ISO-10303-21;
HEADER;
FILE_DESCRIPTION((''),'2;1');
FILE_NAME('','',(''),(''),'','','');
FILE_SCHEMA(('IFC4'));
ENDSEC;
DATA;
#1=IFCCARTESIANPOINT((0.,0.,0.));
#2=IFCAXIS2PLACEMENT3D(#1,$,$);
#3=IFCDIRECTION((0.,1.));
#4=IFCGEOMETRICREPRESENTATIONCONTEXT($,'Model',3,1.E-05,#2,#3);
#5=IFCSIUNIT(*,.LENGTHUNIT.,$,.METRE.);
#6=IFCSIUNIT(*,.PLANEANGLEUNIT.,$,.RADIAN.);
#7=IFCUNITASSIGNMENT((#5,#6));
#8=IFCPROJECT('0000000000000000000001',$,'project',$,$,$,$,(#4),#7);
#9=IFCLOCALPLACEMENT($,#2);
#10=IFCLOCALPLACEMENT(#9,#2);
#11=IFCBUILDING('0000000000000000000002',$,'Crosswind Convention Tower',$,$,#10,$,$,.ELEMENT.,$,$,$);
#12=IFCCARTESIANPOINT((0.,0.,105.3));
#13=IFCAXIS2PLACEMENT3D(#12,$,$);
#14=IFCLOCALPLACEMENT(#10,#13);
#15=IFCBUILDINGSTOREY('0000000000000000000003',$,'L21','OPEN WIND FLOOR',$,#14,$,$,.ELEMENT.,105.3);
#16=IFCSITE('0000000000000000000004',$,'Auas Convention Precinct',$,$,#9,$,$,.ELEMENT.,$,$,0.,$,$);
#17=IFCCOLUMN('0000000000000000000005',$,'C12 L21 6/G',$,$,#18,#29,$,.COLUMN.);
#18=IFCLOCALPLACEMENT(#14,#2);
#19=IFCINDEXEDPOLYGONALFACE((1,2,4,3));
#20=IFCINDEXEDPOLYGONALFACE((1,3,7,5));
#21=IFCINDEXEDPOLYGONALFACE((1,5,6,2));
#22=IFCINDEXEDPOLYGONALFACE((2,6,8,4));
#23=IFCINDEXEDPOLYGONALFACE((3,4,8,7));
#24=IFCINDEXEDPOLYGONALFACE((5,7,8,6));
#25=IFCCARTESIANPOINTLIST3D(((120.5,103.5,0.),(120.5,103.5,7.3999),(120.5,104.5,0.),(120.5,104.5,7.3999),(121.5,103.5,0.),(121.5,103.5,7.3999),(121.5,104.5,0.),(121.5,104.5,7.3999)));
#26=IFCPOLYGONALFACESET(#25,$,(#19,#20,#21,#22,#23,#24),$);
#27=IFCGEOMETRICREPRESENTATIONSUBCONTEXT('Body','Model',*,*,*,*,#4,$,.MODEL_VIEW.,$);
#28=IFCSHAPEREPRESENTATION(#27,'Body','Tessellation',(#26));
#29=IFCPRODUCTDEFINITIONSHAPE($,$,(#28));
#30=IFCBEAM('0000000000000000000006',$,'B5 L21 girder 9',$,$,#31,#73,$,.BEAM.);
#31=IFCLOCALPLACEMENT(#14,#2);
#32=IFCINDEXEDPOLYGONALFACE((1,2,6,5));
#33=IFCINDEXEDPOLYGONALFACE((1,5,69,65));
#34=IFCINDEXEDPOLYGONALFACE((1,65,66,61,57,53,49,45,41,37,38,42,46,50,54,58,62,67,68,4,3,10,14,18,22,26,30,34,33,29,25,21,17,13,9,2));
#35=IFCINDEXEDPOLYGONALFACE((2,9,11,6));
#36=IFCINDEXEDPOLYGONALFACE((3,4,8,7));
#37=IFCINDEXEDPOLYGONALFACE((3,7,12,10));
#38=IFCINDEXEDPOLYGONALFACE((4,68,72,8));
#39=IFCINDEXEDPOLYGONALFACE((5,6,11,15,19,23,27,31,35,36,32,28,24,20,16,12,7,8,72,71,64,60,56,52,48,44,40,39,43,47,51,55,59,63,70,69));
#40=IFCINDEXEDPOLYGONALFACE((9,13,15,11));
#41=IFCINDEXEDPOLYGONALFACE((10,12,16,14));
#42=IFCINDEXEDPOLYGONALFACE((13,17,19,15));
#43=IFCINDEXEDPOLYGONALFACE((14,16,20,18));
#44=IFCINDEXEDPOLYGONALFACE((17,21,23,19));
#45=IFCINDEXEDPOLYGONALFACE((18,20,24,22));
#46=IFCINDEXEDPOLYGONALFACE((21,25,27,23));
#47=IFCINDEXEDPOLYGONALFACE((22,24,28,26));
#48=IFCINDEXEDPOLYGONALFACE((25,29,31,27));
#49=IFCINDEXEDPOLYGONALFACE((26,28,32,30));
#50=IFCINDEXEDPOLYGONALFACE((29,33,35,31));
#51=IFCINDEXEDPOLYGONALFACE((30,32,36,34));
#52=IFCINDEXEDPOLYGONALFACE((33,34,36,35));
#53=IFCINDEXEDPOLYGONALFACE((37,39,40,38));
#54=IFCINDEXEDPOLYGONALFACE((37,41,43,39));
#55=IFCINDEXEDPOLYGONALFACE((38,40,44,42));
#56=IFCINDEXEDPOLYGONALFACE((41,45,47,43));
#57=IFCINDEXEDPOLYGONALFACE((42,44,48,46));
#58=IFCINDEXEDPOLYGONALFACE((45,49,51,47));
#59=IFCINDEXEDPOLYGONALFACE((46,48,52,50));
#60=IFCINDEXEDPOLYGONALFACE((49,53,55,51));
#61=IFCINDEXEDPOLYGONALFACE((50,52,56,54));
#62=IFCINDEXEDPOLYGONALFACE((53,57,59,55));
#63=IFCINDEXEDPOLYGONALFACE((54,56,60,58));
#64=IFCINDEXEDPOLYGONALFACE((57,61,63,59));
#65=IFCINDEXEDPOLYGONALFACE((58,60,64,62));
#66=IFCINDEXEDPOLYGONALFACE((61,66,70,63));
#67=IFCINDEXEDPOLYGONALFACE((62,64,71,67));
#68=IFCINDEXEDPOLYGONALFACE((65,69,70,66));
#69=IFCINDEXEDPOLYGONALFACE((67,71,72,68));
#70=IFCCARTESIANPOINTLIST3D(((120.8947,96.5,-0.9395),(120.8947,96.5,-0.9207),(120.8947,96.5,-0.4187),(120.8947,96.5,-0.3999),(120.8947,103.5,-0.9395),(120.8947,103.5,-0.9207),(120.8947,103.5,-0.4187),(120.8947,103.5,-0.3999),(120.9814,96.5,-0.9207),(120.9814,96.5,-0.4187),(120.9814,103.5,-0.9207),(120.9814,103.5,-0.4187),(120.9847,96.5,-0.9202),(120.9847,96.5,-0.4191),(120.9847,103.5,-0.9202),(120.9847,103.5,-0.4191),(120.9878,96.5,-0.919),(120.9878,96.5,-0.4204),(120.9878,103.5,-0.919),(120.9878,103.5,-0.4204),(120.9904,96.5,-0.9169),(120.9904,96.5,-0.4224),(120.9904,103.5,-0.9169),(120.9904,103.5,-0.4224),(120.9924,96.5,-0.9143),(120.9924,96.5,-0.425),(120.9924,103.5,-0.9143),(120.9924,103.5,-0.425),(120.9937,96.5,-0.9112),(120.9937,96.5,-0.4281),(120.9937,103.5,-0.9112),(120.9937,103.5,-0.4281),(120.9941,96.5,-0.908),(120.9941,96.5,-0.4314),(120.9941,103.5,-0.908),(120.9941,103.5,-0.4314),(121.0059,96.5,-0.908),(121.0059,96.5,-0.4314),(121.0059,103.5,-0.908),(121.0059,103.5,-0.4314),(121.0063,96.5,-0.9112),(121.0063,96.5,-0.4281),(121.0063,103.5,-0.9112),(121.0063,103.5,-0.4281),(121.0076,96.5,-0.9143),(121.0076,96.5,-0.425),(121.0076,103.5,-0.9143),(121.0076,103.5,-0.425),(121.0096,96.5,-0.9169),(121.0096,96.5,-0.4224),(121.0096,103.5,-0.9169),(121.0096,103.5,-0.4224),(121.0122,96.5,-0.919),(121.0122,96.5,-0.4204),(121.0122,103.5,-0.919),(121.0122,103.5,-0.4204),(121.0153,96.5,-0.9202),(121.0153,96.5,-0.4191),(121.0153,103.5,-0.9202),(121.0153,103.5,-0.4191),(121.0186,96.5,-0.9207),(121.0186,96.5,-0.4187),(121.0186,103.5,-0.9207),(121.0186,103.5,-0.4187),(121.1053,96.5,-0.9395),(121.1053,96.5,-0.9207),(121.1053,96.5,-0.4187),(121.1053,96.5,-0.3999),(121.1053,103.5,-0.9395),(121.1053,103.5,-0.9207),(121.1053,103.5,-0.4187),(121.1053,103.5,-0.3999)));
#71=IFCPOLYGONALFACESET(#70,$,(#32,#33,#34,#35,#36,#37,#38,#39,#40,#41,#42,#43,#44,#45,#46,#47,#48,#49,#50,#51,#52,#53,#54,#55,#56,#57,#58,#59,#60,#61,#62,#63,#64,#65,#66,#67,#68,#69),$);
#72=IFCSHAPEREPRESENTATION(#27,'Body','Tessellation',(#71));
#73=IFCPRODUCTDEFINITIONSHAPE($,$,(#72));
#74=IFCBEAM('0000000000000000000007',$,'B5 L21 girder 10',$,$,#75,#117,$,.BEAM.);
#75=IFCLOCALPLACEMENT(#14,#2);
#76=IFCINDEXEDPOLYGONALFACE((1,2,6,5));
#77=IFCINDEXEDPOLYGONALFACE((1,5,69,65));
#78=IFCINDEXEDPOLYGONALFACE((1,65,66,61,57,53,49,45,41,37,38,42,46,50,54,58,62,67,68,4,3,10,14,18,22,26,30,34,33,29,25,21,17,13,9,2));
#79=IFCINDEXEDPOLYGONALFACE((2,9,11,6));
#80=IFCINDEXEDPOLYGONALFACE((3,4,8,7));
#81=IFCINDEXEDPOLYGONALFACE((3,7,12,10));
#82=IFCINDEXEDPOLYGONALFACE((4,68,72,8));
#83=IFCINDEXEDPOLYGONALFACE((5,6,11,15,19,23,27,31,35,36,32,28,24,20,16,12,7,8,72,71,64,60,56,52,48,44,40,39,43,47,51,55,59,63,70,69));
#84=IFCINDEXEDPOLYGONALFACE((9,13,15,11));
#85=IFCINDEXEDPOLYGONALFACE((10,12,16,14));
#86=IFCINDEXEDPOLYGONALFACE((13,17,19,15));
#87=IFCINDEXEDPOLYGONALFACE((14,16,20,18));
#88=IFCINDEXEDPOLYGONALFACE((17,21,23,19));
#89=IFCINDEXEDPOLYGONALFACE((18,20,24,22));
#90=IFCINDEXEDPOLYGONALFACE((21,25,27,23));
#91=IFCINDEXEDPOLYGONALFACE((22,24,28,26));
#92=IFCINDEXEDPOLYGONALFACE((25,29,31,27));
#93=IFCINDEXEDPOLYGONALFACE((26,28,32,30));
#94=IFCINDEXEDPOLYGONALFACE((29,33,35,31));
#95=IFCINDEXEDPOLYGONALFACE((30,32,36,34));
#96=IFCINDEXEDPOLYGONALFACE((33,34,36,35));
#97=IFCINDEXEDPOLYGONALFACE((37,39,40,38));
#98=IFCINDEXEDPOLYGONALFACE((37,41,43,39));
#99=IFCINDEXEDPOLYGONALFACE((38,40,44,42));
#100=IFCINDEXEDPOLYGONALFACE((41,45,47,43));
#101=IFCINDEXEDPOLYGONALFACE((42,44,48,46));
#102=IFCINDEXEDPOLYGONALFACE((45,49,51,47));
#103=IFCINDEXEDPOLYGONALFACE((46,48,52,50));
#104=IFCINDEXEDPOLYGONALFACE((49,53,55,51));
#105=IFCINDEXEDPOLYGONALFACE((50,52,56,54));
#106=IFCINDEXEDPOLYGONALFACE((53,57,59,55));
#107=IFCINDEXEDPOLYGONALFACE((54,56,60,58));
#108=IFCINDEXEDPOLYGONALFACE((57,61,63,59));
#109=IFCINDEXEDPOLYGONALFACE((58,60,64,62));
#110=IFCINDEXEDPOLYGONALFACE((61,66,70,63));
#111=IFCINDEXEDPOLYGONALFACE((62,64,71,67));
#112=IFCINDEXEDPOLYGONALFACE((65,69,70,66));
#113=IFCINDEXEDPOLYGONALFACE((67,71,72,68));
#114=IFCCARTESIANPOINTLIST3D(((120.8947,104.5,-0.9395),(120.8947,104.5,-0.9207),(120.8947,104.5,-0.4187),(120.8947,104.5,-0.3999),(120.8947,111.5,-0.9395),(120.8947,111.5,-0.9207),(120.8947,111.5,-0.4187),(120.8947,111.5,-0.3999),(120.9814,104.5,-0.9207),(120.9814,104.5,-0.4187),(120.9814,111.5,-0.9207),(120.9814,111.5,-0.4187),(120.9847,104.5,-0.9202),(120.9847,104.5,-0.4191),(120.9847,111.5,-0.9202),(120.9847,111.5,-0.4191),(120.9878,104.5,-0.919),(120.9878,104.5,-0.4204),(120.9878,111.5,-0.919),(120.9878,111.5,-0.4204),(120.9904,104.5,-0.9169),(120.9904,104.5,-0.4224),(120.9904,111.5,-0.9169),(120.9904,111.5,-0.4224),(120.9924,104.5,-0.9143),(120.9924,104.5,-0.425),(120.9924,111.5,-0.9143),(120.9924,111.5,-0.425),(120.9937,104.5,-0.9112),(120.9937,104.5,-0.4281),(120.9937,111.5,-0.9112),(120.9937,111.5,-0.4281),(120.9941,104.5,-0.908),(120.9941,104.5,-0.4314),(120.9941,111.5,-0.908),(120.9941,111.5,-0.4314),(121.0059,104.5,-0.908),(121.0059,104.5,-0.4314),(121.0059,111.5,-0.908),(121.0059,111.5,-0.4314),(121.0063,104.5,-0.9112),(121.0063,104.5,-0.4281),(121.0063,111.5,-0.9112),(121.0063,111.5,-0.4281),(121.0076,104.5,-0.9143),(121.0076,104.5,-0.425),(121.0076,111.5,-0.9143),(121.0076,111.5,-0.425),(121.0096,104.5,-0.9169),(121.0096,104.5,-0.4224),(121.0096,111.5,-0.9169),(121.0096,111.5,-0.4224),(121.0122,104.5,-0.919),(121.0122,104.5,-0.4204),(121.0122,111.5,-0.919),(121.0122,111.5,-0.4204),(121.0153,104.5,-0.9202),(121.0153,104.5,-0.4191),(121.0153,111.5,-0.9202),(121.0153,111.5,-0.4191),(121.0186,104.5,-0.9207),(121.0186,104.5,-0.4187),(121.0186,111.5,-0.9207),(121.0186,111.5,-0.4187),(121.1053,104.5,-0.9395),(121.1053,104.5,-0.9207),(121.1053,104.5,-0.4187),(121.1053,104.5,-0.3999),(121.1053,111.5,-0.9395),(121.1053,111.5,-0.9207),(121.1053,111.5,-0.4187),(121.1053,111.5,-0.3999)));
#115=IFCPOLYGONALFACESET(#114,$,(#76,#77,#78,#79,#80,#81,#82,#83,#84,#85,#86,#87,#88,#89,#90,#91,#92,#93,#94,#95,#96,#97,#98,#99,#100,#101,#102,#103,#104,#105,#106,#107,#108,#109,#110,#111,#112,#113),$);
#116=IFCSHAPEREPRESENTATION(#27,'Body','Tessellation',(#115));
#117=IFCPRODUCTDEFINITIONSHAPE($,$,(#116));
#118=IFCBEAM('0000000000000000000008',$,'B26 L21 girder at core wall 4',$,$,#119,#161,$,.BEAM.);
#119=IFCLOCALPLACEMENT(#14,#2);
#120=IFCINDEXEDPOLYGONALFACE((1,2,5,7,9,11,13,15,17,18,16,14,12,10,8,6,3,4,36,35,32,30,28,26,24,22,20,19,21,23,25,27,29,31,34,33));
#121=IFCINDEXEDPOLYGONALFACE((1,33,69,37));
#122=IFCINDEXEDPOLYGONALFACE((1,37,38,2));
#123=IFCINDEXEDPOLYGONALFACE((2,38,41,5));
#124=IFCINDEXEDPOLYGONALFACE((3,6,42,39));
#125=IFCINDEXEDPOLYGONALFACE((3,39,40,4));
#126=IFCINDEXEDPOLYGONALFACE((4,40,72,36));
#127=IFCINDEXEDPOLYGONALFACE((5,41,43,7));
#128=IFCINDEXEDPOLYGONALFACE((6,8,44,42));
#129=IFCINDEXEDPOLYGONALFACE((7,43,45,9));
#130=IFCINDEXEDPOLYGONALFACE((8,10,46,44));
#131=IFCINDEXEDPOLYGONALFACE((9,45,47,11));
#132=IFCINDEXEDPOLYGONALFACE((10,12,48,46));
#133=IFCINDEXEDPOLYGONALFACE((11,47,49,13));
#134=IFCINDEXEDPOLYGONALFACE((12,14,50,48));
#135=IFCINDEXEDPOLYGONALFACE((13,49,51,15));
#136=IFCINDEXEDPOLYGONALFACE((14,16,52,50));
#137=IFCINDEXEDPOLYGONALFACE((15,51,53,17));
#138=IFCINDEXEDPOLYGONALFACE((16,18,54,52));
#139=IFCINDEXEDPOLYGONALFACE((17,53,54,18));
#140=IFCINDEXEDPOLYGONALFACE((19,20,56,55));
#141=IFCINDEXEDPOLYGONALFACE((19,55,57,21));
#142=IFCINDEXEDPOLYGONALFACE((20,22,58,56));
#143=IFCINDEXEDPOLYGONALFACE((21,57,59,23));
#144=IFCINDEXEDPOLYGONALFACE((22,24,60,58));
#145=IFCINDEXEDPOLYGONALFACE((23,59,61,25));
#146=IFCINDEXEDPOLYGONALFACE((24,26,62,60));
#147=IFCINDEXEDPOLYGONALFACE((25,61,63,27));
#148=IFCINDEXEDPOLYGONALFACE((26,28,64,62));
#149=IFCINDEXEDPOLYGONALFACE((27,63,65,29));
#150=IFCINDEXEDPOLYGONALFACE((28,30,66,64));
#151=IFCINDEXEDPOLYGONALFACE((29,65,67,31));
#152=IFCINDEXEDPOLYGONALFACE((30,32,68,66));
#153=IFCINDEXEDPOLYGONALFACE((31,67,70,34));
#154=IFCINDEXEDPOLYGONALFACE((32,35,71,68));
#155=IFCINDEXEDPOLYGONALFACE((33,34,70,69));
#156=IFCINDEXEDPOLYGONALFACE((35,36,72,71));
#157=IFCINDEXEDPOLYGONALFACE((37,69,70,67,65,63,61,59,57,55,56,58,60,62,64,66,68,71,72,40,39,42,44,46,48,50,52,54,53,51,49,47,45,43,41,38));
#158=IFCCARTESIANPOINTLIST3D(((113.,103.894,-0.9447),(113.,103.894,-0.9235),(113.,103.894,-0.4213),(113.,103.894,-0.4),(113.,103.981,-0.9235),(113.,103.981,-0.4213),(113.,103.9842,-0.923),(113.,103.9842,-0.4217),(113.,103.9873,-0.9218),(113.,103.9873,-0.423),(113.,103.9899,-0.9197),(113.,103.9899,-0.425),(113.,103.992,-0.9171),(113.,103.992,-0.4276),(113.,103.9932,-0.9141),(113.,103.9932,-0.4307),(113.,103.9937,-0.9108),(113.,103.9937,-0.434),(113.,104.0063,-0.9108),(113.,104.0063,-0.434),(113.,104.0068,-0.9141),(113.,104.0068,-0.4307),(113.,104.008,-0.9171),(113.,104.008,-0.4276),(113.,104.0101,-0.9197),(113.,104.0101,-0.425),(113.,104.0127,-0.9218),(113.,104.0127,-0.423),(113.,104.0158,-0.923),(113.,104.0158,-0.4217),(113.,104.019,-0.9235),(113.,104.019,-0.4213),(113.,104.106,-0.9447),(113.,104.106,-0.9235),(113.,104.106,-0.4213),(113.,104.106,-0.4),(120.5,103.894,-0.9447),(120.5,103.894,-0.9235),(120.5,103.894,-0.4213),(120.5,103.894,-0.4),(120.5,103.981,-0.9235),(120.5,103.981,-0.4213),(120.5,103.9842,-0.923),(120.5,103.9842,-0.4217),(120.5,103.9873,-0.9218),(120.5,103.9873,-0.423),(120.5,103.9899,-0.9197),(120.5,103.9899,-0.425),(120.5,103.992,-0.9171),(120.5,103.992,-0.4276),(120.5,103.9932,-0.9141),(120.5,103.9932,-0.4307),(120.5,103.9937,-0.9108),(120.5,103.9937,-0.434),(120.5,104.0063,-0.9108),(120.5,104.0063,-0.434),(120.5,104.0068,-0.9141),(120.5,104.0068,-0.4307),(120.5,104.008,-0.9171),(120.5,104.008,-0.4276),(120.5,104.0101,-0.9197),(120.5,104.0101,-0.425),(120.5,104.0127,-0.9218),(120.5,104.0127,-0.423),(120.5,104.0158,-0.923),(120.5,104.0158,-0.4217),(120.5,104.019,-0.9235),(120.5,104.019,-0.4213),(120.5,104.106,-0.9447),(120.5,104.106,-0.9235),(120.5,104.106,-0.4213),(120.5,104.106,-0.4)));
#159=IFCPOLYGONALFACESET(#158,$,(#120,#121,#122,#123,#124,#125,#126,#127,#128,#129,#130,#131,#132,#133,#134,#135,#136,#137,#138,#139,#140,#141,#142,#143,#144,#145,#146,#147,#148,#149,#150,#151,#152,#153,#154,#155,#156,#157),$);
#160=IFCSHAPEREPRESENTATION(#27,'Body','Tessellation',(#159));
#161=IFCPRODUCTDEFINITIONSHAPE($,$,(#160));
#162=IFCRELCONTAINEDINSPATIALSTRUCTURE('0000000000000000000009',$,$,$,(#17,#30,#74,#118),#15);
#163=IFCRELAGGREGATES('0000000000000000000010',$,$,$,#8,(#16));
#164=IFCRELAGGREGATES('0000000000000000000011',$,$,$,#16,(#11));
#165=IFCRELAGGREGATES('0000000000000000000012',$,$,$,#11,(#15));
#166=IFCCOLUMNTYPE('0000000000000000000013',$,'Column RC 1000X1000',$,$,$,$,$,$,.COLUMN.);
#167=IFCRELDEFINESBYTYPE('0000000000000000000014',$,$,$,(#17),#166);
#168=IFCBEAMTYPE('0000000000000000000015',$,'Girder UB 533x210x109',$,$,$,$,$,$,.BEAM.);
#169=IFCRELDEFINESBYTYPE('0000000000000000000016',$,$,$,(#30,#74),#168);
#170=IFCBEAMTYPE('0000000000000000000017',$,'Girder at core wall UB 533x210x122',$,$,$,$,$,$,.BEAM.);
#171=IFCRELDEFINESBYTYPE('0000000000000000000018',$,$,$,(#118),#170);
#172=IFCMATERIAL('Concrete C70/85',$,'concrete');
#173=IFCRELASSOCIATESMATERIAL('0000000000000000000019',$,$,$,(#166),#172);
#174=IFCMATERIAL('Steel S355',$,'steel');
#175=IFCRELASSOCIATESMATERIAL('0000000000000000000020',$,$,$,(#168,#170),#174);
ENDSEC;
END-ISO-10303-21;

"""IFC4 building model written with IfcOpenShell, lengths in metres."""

from ifc_helpers import new_model, si_unit, direction, frame, origin, origin_2d, place, context, subcontext, project, spatial, rectangle, i_section, extrude, material, material_profile, profile_set, type_object, element, save


model = new_model("IFC4")

# Units and contexts
model_context = context("Model", 3, precision=1e-05, world=origin(), true_north=direction((0.0, 1.0)))
body_context = subcontext(model_context, "Body", "Model", "MODEL_VIEW")
ifc_project = project(units=[si_unit("LENGTHUNIT", "METRE"), si_unit("PLANEANGLEUNIT", "RADIAN")], contexts=[model_context])

# Site, building, storey
site_placement = place(None, origin())
site = spatial("IfcSite", under=ifc_project, at=site_placement, Name="Auas Convention Precinct", CompositionType="ELEMENT", RefElevation=0.0)
building_placement = place(site_placement, origin())
building = spatial("IfcBuilding", under=site, at=building_placement, Name="Crosswind Convention Tower", CompositionType="ELEMENT")
storey_placement = place(building_placement, frame((0.0, 0.0, 105.3)))
storey = spatial("IfcBuildingStorey", under=building, at=storey_placement, Name="L21", Description="OPEN WIND FLOOR", CompositionType="ELEMENT", Elevation=105.3)

# Column
ifc_material_1 = material(Name="Concrete C70/85", Category="concrete")
ifc_material_profile_1 = material_profile(ifc_material_1, rectangle(XDim=1.0, YDim=1.0, at=origin_2d()), Name="RC 1000X1000")
ifc_profile_set_1 = profile_set([ifc_material_profile_1], Name="Concrete C70/85")
column_type = type_object("IfcColumnType", Name="Column RC 1000X1000", PredefinedType="COLUMN", material=ifc_profile_set_1)
column_placement = place(storey_placement, frame((121.0, 104.0, 0.0), z_axis=(0.0, 0.0, 1.0), x_axis=(1.0, 0.0, 0.0)))
element("IfcColumn", 1, at=column_placement, inside=storey, type_object=column_type, Name="C12 L21 6/G", PredefinedType="COLUMN", context=body_context, shape_type="SweptSolid", body=[
    extrude(rectangle(XDim=1.0, YDim=1.0, at=origin_2d()), origin(), (0.0, 0.0, 1.0), 7.3999),
])

# Beams
ifc_material_2 = material(Name="Steel S355", Category="steel")
ifc_material_profile_2 = material_profile(ifc_material_2, i_section(OverallWidth=0.2107, OverallDepth=0.5396, WebThickness=0.0117, FlangeThickness=0.0188, FilletRadius=0.0127, at=origin_2d()), Name="UB 533x210x109")
ifc_profile_set_2 = profile_set([ifc_material_profile_2], Name="Steel S355")
beam_type_1 = type_object("IfcBeamType", Name="Girder UB 533x210x109", PredefinedType="BEAM", material=ifc_profile_set_2)
for number, where, z_axis, x_axis, name in (
    (2, (121.0, 96.5, -0.6697), (0.0, 1.0, 0.0), (-1.0, 0.0, 0.0), "B5 L21 girder 9"),
    (3, (121.0, 104.5, -0.6697), (0.0, 1.0, 0.0), (-1.0, 0.0, 0.0), "B5 L21 girder 10"),
):
    element("IfcBeam", number, at=place(storey_placement, frame(where, z_axis=z_axis, x_axis=x_axis)), inside=storey, type_object=beam_type_1, Name=name, PredefinedType="BEAM", context=body_context, shape_type="SweptSolid", body=[
        extrude(i_section(OverallWidth=0.2107, OverallDepth=0.5396, WebThickness=0.0117, FlangeThickness=0.0188, FilletRadius=0.0127, at=origin_2d()), origin(), (0.0, 0.0, 1.0), 7.0),
    ])
ifc_material_profile_3 = material_profile(ifc_material_2, i_section(OverallWidth=0.2119, OverallDepth=0.5447, WebThickness=0.0127, FlangeThickness=0.0212, FilletRadius=0.0127, at=origin_2d()), Name="UB 533x210x122")
ifc_profile_set_3 = profile_set([ifc_material_profile_3], Name="Steel S355")
beam_type_2 = type_object("IfcBeamType", Name="Girder at core wall UB 533x210x122", PredefinedType="BEAM", material=ifc_profile_set_3)
beam_placement = place(storey_placement, frame((113.0, 104.0, -0.6724), z_axis=(1.0, 0.0, 0.0), x_axis=(0.0, 1.0, 0.0)))
element("IfcBeam", 4, at=beam_placement, inside=storey, type_object=beam_type_2, Name="B26 L21 girder at core wall 4", PredefinedType="BEAM", context=body_context, shape_type="SweptSolid", body=[
    extrude(i_section(OverallWidth=0.2119, OverallDepth=0.5447, WebThickness=0.0127, FlangeThickness=0.0212, FilletRadius=0.0127, at=origin_2d()), origin(), (0.0, 0.0, 1.0), 7.5),
])

save(model, "model.ifc")
